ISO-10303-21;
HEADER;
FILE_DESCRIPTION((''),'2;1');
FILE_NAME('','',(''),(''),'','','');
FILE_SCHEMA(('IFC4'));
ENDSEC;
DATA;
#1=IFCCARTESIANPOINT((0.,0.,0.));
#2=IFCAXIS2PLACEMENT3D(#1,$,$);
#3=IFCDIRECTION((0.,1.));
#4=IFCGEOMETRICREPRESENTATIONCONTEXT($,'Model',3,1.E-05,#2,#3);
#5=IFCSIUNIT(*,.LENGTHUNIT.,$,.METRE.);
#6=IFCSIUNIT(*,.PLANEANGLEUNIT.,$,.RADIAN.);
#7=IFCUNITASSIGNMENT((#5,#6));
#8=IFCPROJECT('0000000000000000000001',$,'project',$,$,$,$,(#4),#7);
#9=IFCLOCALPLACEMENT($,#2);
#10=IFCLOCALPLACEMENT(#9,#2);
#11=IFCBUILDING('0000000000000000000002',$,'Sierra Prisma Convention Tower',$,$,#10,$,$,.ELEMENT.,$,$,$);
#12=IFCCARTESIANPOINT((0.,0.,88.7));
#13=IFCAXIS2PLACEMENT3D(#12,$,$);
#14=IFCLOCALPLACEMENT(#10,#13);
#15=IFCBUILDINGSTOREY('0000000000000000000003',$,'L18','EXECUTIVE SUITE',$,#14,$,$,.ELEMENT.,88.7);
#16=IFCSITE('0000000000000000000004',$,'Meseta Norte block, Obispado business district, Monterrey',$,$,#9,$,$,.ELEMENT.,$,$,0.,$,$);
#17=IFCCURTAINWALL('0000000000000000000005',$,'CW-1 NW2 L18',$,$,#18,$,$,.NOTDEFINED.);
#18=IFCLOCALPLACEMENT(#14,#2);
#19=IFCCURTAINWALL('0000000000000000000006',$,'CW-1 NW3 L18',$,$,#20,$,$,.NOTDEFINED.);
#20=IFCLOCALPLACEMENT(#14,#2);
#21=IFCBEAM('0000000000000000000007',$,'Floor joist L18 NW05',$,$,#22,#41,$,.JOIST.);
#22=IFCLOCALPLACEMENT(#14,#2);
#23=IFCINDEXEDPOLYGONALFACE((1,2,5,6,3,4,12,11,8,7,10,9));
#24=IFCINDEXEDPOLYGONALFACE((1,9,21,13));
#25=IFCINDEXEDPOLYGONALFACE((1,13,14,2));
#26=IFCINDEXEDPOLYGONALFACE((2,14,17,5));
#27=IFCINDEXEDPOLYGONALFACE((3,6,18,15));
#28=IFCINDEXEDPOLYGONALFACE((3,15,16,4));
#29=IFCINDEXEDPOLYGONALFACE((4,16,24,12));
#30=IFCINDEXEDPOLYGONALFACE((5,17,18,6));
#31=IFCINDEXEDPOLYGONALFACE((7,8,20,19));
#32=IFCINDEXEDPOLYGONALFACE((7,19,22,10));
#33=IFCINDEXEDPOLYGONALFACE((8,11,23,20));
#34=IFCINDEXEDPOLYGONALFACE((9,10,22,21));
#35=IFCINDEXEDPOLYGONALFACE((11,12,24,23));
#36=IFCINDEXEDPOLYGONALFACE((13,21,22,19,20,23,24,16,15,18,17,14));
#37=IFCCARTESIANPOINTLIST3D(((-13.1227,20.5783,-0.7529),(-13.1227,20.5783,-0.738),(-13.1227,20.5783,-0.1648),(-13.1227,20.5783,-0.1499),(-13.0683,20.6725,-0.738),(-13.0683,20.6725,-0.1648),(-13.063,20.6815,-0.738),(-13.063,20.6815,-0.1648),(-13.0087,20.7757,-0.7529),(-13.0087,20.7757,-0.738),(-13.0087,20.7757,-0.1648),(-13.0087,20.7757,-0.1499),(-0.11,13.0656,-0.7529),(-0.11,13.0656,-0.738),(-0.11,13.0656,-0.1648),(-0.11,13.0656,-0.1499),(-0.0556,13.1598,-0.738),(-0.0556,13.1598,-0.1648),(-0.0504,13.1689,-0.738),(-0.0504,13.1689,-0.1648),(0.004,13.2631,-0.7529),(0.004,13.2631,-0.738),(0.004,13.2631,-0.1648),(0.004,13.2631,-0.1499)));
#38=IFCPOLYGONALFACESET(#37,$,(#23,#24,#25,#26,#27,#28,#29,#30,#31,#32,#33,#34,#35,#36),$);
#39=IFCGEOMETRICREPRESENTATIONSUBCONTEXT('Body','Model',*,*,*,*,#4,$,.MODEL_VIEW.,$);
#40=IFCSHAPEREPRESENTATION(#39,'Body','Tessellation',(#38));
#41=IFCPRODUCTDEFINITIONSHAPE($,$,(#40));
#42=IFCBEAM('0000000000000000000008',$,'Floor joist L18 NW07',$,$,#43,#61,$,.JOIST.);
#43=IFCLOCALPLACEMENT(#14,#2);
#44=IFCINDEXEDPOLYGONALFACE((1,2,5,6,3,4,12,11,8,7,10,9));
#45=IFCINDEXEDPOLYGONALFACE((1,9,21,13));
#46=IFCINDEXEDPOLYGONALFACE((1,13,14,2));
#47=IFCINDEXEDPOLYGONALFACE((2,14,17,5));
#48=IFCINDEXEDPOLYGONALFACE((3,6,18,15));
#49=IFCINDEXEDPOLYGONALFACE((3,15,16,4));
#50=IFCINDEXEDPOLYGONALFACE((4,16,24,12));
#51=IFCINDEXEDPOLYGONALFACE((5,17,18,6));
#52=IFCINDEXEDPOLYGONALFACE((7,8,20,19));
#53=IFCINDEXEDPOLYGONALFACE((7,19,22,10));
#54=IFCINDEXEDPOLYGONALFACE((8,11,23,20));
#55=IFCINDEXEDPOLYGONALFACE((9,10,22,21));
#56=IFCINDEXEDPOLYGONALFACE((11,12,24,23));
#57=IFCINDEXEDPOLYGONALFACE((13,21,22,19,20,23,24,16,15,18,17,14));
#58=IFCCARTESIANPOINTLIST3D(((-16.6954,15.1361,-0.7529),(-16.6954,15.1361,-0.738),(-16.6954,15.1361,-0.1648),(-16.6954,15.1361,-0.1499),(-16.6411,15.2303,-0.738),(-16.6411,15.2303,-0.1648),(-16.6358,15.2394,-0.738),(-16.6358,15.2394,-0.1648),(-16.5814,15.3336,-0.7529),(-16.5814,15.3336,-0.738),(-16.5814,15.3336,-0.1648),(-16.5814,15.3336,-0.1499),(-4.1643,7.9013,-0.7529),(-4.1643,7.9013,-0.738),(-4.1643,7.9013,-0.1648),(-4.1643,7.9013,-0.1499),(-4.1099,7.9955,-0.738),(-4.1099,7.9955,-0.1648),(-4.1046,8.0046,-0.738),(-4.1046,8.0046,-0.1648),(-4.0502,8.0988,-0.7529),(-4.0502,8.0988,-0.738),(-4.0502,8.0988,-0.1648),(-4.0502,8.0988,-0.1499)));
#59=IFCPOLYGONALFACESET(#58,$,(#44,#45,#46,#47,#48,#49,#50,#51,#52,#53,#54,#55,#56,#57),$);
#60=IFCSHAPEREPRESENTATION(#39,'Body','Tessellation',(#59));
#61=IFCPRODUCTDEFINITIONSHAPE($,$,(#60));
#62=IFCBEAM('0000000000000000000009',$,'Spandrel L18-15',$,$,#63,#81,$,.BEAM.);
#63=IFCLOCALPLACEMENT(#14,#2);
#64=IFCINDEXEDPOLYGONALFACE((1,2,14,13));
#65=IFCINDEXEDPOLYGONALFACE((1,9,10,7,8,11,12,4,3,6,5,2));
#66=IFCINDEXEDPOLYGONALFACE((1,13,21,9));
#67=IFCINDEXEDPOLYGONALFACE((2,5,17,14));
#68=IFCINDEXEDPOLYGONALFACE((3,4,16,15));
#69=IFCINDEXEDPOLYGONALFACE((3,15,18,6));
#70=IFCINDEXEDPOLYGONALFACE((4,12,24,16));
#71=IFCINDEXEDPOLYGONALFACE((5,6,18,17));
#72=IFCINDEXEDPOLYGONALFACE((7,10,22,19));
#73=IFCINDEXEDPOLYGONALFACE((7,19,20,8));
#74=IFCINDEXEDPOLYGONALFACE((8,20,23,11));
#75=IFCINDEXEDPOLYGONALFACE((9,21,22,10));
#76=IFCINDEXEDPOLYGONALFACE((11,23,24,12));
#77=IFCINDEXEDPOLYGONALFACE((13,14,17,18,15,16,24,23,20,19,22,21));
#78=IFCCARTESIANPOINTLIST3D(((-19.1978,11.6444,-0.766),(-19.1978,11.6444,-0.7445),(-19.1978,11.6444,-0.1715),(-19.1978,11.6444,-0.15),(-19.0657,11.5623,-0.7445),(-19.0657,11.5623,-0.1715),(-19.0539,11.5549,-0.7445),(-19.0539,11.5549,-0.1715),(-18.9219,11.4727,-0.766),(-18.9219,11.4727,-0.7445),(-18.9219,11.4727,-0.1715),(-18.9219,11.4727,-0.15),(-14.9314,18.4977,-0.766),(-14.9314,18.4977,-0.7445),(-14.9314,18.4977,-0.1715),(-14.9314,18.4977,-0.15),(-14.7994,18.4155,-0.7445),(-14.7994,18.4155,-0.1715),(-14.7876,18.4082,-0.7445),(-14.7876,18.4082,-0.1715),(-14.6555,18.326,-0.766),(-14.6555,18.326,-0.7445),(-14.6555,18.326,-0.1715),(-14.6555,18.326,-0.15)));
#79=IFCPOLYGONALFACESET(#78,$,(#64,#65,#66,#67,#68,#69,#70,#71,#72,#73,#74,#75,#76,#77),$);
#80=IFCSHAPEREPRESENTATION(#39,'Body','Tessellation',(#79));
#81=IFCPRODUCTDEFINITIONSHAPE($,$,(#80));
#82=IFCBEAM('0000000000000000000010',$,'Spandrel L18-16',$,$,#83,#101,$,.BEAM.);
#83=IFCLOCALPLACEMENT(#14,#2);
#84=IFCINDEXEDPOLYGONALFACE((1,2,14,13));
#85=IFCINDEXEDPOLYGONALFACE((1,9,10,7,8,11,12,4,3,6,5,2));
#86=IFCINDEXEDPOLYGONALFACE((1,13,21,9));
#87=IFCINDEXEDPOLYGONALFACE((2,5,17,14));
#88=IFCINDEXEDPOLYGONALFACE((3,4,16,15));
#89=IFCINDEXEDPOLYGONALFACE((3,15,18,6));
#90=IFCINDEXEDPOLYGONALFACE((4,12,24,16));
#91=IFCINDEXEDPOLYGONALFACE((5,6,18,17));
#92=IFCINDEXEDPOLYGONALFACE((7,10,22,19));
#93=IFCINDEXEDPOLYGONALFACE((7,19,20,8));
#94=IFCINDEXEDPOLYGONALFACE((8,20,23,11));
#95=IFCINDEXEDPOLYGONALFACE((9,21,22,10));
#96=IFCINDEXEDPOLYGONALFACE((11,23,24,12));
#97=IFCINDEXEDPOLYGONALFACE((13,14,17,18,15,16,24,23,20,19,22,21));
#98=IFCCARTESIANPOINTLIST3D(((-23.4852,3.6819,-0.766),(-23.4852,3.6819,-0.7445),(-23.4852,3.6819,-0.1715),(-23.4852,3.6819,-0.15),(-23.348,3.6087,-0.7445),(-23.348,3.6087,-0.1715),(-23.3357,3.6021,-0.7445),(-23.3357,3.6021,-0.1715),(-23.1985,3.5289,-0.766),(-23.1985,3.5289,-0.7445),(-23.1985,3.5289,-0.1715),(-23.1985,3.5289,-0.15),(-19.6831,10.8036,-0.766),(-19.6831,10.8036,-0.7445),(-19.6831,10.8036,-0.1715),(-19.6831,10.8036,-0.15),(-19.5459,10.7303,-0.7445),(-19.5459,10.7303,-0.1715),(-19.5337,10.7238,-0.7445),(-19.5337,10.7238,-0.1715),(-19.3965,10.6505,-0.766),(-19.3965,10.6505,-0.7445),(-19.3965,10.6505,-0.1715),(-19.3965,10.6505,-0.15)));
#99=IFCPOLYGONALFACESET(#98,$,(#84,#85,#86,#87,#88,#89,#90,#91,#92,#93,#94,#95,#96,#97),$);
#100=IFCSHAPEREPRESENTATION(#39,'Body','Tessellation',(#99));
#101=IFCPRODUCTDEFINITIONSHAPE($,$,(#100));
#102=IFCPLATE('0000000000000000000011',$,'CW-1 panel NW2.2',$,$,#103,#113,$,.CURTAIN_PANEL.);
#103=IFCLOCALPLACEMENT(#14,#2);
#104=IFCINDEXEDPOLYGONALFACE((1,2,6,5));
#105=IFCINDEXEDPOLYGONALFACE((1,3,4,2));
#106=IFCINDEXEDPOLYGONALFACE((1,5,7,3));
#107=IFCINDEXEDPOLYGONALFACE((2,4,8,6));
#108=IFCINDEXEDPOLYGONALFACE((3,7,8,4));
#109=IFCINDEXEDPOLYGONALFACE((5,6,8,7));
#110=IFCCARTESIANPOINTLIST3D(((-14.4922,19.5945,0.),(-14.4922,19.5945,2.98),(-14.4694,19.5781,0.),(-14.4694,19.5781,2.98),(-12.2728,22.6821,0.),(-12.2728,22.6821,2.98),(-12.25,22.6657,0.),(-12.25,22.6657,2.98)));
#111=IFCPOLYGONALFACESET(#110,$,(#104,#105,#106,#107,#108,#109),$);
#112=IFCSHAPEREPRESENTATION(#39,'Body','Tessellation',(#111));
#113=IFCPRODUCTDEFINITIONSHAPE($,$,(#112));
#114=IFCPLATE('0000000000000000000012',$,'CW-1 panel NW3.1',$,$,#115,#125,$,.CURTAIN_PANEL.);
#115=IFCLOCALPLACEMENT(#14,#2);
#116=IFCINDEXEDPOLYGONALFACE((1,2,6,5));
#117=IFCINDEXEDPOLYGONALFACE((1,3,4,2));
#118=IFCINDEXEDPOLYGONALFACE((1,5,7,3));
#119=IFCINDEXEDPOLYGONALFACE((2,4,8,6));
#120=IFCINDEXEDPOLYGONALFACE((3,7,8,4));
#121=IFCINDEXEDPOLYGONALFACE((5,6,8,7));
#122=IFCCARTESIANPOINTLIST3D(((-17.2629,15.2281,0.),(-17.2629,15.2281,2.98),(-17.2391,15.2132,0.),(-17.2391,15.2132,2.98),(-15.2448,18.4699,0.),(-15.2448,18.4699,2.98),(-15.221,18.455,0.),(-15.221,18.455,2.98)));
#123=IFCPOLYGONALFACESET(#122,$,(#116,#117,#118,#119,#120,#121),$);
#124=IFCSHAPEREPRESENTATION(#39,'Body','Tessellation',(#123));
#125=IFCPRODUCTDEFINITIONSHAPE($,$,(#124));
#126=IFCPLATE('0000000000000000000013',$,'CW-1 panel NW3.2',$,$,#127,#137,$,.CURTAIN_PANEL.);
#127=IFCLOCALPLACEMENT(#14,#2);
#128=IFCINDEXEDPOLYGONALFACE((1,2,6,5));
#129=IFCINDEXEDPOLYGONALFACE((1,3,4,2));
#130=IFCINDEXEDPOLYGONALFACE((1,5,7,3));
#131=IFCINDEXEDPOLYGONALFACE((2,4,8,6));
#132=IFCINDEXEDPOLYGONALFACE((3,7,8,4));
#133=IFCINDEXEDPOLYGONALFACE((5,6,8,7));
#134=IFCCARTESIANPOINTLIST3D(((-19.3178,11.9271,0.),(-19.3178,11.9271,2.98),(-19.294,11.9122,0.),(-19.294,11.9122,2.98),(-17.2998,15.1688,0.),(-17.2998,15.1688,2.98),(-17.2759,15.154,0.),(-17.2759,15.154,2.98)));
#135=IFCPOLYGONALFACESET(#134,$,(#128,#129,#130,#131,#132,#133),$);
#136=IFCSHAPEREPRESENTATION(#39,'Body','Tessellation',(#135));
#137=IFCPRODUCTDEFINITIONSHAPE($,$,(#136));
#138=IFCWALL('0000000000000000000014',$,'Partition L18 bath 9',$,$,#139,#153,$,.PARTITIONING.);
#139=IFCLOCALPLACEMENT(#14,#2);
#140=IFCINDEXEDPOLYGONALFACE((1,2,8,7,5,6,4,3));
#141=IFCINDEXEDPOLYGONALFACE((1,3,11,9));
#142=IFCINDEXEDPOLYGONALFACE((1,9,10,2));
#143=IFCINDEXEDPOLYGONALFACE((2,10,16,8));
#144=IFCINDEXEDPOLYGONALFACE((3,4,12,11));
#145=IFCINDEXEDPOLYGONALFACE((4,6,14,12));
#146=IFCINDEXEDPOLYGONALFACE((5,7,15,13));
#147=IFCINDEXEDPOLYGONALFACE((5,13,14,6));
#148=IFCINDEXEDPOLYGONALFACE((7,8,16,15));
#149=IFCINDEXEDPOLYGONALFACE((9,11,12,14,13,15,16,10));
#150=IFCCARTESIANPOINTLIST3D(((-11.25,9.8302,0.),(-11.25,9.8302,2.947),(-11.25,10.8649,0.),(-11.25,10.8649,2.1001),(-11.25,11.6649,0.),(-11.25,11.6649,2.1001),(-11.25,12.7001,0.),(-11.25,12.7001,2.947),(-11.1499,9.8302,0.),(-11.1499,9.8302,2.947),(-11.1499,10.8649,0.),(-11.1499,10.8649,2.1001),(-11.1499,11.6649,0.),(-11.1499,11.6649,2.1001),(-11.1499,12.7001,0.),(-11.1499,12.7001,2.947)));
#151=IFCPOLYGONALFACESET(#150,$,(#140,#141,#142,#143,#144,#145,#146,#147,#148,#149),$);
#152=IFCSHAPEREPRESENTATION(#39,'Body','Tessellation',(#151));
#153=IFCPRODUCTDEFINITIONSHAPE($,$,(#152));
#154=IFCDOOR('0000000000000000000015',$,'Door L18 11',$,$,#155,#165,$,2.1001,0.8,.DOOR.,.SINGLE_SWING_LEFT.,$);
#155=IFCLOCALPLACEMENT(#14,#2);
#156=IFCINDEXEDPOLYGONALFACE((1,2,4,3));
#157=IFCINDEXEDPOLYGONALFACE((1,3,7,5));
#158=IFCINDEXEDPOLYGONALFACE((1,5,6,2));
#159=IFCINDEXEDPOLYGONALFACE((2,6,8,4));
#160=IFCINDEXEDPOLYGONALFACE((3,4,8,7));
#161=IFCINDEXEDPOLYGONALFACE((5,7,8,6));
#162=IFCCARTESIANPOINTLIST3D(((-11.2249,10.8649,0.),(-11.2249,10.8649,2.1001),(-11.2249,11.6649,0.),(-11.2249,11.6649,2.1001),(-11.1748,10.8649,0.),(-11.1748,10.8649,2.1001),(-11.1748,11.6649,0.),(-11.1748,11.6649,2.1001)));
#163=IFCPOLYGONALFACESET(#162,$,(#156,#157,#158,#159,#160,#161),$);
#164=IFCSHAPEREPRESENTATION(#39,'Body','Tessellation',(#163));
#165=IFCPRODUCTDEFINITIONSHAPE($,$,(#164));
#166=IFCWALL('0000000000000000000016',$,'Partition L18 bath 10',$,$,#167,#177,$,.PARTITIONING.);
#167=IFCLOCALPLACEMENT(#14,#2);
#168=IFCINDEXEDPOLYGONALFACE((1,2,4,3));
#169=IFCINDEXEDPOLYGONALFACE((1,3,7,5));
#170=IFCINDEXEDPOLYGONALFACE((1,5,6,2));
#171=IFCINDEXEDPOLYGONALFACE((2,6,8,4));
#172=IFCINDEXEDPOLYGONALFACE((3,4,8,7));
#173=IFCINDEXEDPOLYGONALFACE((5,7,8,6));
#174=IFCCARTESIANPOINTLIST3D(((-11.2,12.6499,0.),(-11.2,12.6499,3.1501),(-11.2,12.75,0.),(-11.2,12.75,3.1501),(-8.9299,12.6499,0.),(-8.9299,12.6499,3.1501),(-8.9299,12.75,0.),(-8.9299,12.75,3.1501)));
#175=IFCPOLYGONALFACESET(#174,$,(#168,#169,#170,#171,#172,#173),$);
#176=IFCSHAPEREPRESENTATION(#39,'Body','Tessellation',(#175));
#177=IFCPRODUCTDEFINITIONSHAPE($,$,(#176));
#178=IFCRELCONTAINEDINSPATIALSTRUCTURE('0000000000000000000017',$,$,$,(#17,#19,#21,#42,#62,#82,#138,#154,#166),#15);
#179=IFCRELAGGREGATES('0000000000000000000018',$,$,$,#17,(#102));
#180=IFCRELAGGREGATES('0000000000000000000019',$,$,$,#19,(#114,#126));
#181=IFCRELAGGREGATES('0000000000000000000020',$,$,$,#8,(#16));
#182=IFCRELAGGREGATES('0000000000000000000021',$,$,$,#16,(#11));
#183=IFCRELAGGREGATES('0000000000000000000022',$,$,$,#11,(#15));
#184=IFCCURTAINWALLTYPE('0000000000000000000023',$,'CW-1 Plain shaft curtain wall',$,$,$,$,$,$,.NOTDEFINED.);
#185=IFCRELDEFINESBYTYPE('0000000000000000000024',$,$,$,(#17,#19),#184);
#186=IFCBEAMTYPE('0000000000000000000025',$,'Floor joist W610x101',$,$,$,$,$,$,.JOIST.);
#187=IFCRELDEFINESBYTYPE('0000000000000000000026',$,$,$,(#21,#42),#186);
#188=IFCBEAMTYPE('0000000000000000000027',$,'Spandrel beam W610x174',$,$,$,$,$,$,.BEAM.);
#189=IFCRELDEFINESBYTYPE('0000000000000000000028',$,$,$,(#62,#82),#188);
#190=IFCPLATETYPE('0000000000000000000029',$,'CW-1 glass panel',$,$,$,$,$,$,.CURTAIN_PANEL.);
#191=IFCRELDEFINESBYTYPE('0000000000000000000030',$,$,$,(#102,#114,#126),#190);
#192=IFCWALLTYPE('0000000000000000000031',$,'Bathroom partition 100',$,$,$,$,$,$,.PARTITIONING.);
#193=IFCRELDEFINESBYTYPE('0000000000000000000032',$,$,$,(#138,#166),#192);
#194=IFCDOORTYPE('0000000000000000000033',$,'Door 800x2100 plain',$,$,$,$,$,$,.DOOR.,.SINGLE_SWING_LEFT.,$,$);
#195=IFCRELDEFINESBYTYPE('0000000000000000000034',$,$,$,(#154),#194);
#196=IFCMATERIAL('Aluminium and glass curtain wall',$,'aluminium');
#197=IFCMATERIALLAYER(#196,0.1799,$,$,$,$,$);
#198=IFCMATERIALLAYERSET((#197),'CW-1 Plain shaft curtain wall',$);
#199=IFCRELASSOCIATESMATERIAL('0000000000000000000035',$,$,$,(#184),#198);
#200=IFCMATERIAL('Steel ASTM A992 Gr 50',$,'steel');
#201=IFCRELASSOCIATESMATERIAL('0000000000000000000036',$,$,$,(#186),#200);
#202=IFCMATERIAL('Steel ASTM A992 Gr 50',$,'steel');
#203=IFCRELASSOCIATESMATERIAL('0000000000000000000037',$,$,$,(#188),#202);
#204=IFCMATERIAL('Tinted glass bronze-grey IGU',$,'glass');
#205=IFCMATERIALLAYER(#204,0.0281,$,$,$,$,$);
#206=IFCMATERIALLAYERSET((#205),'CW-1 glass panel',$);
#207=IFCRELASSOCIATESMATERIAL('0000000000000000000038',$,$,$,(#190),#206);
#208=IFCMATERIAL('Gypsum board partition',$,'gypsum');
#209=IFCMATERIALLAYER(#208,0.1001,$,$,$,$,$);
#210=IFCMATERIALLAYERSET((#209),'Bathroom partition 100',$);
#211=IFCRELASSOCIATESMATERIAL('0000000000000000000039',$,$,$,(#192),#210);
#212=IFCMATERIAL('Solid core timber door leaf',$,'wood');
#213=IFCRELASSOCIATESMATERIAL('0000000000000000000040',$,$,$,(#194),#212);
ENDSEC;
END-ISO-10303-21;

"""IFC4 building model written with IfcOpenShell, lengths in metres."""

from ifc_helpers import new_model, si_unit, direction, frame, frame_2d, origin, origin_2d, place, context, subcontext, project, spatial, rectangle, i_section, extrude, material, layer, layer_set, material_profile, profile_set, type_object, element, fill, aggregate, save


model = new_model("IFC4")

# Units and contexts
model_context = context("Model", 3, precision=1e-05, world=origin(), true_north=direction((0.0, 1.0)))
body_context = subcontext(model_context, "Body", "Model", "MODEL_VIEW")
ifc_project = project(units=[si_unit("LENGTHUNIT", "METRE"), si_unit("PLANEANGLEUNIT", "RADIAN")], contexts=[model_context])

# Site, building, storey
site_placement = place(None, origin())
site = spatial("IfcSite", under=ifc_project, at=site_placement, Name="Meseta Norte block, Obispado business district, Monterrey", CompositionType="ELEMENT", RefElevation=0.0)
building_placement = place(site_placement, origin())
building = spatial("IfcBuilding", under=site, at=building_placement, Name="Sierra Prisma Convention Tower", CompositionType="ELEMENT")
storey_placement = place(building_placement, frame((0.0, 0.0, 88.7)))
storey = spatial("IfcBuildingStorey", under=building, at=storey_placement, Name="L18", Description="EXECUTIVE SUITE", CompositionType="ELEMENT", Elevation=88.7)

# Curtain wall
ifc_material_1 = material(Name="Aluminium and glass curtain wall", Category="aluminium")
ifc_layer_1 = layer(ifc_material_1, 0.1799)
ifc_layer_set_1 = layer_set([ifc_layer_1], Name="CW-1 Plain shaft curtain wall")
curtain_wall_type = type_object("IfcCurtainWallType", Name="CW-1 Plain shaft curtain wall", PredefinedType="NOTDEFINED", material=ifc_layer_set_1)
curtain_wall_1_placement = place(storey_placement, origin())
curtain_wall_1 = element("IfcCurtainWall", 1, at=curtain_wall_1_placement, inside=storey, type_object=curtain_wall_type, Name="CW-1 NW2 L18", PredefinedType="NOTDEFINED")

# Curtain wall
curtain_wall_2_placement = place(storey_placement, origin())
curtain_wall_2 = element("IfcCurtainWall", 2, at=curtain_wall_2_placement, inside=storey, type_object=curtain_wall_type, Name="CW-1 NW3 L18", PredefinedType="NOTDEFINED")

# Beams
ifc_material_2 = material(Name="Steel ASTM A992 Gr 50", Category="steel")
ifc_material_profile_1 = material_profile(ifc_material_2, i_section(OverallWidth=0.228, OverallDepth=0.603, WebThickness=0.0105, FlangeThickness=0.0149, at=origin_2d()), Name="W610x101")
ifc_profile_set_1 = profile_set([ifc_material_profile_1], Name="Steel ASTM A992 Gr 50")
beam_type_1 = type_object("IfcBeamType", Name="Floor joist W610x101", PredefinedType="JOIST", material=ifc_profile_set_1)
beam_1_placement = place(storey_placement, frame((-13.0657, 20.677, -0.4514), z_axis=(0.866031, -0.499991, 0.0), x_axis=(0.499991, 0.866031, 0.0)))
element("IfcBeam", 3, at=beam_1_placement, inside=storey, type_object=beam_type_1, Name="Floor joist L18 NW05", PredefinedType="JOIST", context=body_context, shape_type="SweptSolid", body=[
    extrude(i_section(OverallWidth=0.228, OverallDepth=0.603, WebThickness=0.0105, FlangeThickness=0.0149, at=origin_2d()), origin(), (0.0, 0.0, 1.0), 15.0256),
])
beam_2_placement = place(storey_placement, frame((-16.6384, 15.2349, -0.4514), z_axis=(0.866027, -0.499997, 0.0), x_axis=(0.499997, 0.866027, 0.0)))
element("IfcBeam", 4, at=beam_2_placement, inside=storey, type_object=beam_type_1, Name="Floor joist L18 NW07", PredefinedType="JOIST", context=body_context, shape_type="SweptSolid", body=[
    extrude(i_section(OverallWidth=0.228, OverallDepth=0.603, WebThickness=0.0105, FlangeThickness=0.0149, at=origin_2d()), origin(), (0.0, 0.0, 1.0), 14.4697),
])
ifc_material_3 = material(Name="Steel ASTM A992 Gr 50", Category="steel")
ifc_material_profile_2 = material_profile(ifc_material_3, i_section(OverallWidth=0.325, OverallDepth=0.616, WebThickness=0.0139, FlangeThickness=0.0215, at=origin_2d()), Name="W610x174")
ifc_profile_set_2 = profile_set([ifc_material_profile_2], Name="Steel ASTM A992 Gr 50")
beam_type_2 = type_object("IfcBeamType", Name="Spandrel beam W610x174", PredefinedType="BEAM", material=ifc_profile_set_2)
beam_3_placement = place(storey_placement, frame((-14.7935, 18.4119, -0.458), z_axis=(-0.528489, -0.84894, 0.0), x_axis=(0.84894, -0.528489, 0.0)))
element("IfcBeam", 5, at=beam_3_placement, inside=storey, type_object=beam_type_2, Name="Spandrel L18-15", PredefinedType="BEAM", context=body_context, shape_type="SweptSolid", body=[
    extrude(i_section(OverallWidth=0.325, OverallDepth=0.616, WebThickness=0.0139, FlangeThickness=0.0215, at=origin_2d()), origin(), (0.0, 0.0, 1.0), 8.0728),
])
beam_4_placement = place(storey_placement, frame((-19.5398, 10.7271, -0.458), z_axis=(-0.470957, -0.882156, 0.0), x_axis=(0.882156, -0.470957, 0.0)))
element("IfcBeam", 6, at=beam_4_placement, inside=storey, type_object=beam_type_2, Name="Spandrel L18-16", PredefinedType="BEAM", context=body_context, shape_type="SweptSolid", body=[
    extrude(i_section(OverallWidth=0.325, OverallDepth=0.616, WebThickness=0.0139, FlangeThickness=0.0215, at=origin_2d()), origin(), (0.0, 0.0, 1.0), 8.073),
])

# Plates
ifc_material_4 = material(Name="Tinted glass bronze-grey IGU", Category="glass")
ifc_layer_2 = layer(ifc_material_4, 0.0281)
ifc_layer_set_2 = layer_set([ifc_layer_2], Name="CW-1 glass panel")
plate_type = type_object("IfcPlateType", Name="CW-1 glass panel", PredefinedType="CURTAIN_PANEL", material=ifc_layer_set_2)
plate_1_placement = place(storey_placement, frame((-13.3711, 21.1301, 0.0), z_axis=(0.0, 0.0, 1.0), x_axis=(-0.583659, -0.811999, 0.0)))
plate_1 = element("IfcPlate", 7, at=plate_1_placement, type_object=plate_type, Name="CW-1 panel NW2.2", PredefinedType="CURTAIN_PANEL", context=body_context, shape_type="SweptSolid", body=[
    extrude(rectangle(XDim=3.8025, YDim=0.0281, at=origin_2d()), origin(), (0.0, 0.0, 1.0), 2.98),
])
aggregate(curtain_wall_1, [plate_1])
plate_2_placement = place(storey_placement, frame((-16.2419, 16.8416, 0.0), z_axis=(0.0, 0.0, 1.0), x_axis=(-0.528479, -0.848946, 0.0)))
plate_2 = element("IfcPlate", 8, at=plate_2_placement, type_object=plate_type, Name="CW-1 panel NW3.1", PredefinedType="CURTAIN_PANEL", context=body_context, shape_type="SweptSolid", body=[
    extrude(rectangle(XDim=3.8186, YDim=0.0281, at=origin_2d()), origin(), (0.0, 0.0, 1.0), 2.98),
])
plate_3_placement = place(storey_placement, frame((-18.2969, 13.5405, 0.0), z_axis=(0.0, 0.0, 1.0), x_axis=(-0.528479, -0.848946, 0.0)))
plate_3 = element("IfcPlate", 9, at=plate_3_placement, type_object=plate_type, Name="CW-1 panel NW3.2", PredefinedType="CURTAIN_PANEL", context=body_context, shape_type="SweptSolid", body=[
    extrude(rectangle(XDim=3.8186, YDim=0.0281, at=origin_2d()), origin(), (0.0, 0.0, 1.0), 2.98),
])
aggregate(curtain_wall_2, [plate_2, plate_3])

# Wall, opening, door
ifc_material_5 = material(Name="Gypsum board partition", Category="gypsum")
ifc_layer_3 = layer(ifc_material_5, 0.1001)
ifc_layer_set_3 = layer_set([ifc_layer_3], Name="Bathroom partition 100")
wall_type_1 = type_object("IfcWallType", Name="Bathroom partition 100", PredefinedType="PARTITIONING", material=ifc_layer_set_3)
wall_1_placement = place(storey_placement, frame((-11.2, 9.8301, 0.0), z_axis=(0.0, 0.0, 1.0), x_axis=(0.0, 1.0, 0.0)))
wall_1 = element("IfcWall", 10, at=wall_1_placement, inside=storey, type_object=wall_type_1, Name="Partition L18 bath 9", PredefinedType="PARTITIONING", context=body_context, shape_type="SweptSolid", body=[
    extrude(rectangle(XDim=2.8699, YDim=0.1001, at=frame_2d((1.4351, 0.0))), origin(), (0.0, 0.0, 1.0), 2.947),
])
opening_1_placement = place(wall_1_placement, frame((1.0349, 0.0, 0.0)))
opening_1 = element("IfcOpeningElement", 11, at=opening_1_placement, cuts=wall_1, PredefinedType="OPENING", context=body_context, shape_type="SweptSolid", body=[
    extrude(rectangle(XDim=0.8, YDim=2.1001, at=frame_2d((0.3999, 1.05))), frame((0.0, 0.05, 0.0), z_axis=(0.0, -1.0, 0.0), x_axis=(1.0, 0.0, 0.0)), (0.0, 0.0, 1.0), 0.1001),
])
ifc_material_6 = material(Name="Solid core timber door leaf", Category="wood")
door_type_1 = type_object("IfcDoorType", Name="Door 800x2100 plain", OperationType="SINGLE_SWING_LEFT", PredefinedType="DOOR", material=ifc_material_6)
door_1_placement = place(opening_1_placement, origin())
door_1 = element("IfcDoor", 12, at=door_1_placement, inside=storey, type_object=door_type_1, Name="Door L18 11", OperationType="SINGLE_SWING_LEFT", OverallHeight=2.1001, OverallWidth=0.8, PredefinedType="DOOR", context=body_context, shape_type="SweptSolid", body=[
    extrude(rectangle(XDim=0.8, YDim=2.1001, at=frame_2d((0.3999, 1.05))), frame((0.0, 0.0249, 0.0), z_axis=(0.0, -1.0, 0.0), x_axis=(1.0, 0.0, 0.0)), (0.0, 0.0, 1.0), 0.05),
])
fill(opening_1, door_1)

# Wall
wall_2_placement = place(storey_placement, frame((-11.2, 12.7, 0.0), z_axis=(0.0, 0.0, 1.0), x_axis=(1.0, 0.0, 0.0)))
element("IfcWall", 13, at=wall_2_placement, inside=storey, type_object=wall_type_1, Name="Partition L18 bath 10", PredefinedType="PARTITIONING", context=body_context, shape_type="SweptSolid", body=[
    extrude(rectangle(XDim=2.27, YDim=0.1001, at=frame_2d((1.135, 0.0))), origin(), (0.0, 0.0, 1.0), 3.1501),
])

save(model, "model.ifc")
